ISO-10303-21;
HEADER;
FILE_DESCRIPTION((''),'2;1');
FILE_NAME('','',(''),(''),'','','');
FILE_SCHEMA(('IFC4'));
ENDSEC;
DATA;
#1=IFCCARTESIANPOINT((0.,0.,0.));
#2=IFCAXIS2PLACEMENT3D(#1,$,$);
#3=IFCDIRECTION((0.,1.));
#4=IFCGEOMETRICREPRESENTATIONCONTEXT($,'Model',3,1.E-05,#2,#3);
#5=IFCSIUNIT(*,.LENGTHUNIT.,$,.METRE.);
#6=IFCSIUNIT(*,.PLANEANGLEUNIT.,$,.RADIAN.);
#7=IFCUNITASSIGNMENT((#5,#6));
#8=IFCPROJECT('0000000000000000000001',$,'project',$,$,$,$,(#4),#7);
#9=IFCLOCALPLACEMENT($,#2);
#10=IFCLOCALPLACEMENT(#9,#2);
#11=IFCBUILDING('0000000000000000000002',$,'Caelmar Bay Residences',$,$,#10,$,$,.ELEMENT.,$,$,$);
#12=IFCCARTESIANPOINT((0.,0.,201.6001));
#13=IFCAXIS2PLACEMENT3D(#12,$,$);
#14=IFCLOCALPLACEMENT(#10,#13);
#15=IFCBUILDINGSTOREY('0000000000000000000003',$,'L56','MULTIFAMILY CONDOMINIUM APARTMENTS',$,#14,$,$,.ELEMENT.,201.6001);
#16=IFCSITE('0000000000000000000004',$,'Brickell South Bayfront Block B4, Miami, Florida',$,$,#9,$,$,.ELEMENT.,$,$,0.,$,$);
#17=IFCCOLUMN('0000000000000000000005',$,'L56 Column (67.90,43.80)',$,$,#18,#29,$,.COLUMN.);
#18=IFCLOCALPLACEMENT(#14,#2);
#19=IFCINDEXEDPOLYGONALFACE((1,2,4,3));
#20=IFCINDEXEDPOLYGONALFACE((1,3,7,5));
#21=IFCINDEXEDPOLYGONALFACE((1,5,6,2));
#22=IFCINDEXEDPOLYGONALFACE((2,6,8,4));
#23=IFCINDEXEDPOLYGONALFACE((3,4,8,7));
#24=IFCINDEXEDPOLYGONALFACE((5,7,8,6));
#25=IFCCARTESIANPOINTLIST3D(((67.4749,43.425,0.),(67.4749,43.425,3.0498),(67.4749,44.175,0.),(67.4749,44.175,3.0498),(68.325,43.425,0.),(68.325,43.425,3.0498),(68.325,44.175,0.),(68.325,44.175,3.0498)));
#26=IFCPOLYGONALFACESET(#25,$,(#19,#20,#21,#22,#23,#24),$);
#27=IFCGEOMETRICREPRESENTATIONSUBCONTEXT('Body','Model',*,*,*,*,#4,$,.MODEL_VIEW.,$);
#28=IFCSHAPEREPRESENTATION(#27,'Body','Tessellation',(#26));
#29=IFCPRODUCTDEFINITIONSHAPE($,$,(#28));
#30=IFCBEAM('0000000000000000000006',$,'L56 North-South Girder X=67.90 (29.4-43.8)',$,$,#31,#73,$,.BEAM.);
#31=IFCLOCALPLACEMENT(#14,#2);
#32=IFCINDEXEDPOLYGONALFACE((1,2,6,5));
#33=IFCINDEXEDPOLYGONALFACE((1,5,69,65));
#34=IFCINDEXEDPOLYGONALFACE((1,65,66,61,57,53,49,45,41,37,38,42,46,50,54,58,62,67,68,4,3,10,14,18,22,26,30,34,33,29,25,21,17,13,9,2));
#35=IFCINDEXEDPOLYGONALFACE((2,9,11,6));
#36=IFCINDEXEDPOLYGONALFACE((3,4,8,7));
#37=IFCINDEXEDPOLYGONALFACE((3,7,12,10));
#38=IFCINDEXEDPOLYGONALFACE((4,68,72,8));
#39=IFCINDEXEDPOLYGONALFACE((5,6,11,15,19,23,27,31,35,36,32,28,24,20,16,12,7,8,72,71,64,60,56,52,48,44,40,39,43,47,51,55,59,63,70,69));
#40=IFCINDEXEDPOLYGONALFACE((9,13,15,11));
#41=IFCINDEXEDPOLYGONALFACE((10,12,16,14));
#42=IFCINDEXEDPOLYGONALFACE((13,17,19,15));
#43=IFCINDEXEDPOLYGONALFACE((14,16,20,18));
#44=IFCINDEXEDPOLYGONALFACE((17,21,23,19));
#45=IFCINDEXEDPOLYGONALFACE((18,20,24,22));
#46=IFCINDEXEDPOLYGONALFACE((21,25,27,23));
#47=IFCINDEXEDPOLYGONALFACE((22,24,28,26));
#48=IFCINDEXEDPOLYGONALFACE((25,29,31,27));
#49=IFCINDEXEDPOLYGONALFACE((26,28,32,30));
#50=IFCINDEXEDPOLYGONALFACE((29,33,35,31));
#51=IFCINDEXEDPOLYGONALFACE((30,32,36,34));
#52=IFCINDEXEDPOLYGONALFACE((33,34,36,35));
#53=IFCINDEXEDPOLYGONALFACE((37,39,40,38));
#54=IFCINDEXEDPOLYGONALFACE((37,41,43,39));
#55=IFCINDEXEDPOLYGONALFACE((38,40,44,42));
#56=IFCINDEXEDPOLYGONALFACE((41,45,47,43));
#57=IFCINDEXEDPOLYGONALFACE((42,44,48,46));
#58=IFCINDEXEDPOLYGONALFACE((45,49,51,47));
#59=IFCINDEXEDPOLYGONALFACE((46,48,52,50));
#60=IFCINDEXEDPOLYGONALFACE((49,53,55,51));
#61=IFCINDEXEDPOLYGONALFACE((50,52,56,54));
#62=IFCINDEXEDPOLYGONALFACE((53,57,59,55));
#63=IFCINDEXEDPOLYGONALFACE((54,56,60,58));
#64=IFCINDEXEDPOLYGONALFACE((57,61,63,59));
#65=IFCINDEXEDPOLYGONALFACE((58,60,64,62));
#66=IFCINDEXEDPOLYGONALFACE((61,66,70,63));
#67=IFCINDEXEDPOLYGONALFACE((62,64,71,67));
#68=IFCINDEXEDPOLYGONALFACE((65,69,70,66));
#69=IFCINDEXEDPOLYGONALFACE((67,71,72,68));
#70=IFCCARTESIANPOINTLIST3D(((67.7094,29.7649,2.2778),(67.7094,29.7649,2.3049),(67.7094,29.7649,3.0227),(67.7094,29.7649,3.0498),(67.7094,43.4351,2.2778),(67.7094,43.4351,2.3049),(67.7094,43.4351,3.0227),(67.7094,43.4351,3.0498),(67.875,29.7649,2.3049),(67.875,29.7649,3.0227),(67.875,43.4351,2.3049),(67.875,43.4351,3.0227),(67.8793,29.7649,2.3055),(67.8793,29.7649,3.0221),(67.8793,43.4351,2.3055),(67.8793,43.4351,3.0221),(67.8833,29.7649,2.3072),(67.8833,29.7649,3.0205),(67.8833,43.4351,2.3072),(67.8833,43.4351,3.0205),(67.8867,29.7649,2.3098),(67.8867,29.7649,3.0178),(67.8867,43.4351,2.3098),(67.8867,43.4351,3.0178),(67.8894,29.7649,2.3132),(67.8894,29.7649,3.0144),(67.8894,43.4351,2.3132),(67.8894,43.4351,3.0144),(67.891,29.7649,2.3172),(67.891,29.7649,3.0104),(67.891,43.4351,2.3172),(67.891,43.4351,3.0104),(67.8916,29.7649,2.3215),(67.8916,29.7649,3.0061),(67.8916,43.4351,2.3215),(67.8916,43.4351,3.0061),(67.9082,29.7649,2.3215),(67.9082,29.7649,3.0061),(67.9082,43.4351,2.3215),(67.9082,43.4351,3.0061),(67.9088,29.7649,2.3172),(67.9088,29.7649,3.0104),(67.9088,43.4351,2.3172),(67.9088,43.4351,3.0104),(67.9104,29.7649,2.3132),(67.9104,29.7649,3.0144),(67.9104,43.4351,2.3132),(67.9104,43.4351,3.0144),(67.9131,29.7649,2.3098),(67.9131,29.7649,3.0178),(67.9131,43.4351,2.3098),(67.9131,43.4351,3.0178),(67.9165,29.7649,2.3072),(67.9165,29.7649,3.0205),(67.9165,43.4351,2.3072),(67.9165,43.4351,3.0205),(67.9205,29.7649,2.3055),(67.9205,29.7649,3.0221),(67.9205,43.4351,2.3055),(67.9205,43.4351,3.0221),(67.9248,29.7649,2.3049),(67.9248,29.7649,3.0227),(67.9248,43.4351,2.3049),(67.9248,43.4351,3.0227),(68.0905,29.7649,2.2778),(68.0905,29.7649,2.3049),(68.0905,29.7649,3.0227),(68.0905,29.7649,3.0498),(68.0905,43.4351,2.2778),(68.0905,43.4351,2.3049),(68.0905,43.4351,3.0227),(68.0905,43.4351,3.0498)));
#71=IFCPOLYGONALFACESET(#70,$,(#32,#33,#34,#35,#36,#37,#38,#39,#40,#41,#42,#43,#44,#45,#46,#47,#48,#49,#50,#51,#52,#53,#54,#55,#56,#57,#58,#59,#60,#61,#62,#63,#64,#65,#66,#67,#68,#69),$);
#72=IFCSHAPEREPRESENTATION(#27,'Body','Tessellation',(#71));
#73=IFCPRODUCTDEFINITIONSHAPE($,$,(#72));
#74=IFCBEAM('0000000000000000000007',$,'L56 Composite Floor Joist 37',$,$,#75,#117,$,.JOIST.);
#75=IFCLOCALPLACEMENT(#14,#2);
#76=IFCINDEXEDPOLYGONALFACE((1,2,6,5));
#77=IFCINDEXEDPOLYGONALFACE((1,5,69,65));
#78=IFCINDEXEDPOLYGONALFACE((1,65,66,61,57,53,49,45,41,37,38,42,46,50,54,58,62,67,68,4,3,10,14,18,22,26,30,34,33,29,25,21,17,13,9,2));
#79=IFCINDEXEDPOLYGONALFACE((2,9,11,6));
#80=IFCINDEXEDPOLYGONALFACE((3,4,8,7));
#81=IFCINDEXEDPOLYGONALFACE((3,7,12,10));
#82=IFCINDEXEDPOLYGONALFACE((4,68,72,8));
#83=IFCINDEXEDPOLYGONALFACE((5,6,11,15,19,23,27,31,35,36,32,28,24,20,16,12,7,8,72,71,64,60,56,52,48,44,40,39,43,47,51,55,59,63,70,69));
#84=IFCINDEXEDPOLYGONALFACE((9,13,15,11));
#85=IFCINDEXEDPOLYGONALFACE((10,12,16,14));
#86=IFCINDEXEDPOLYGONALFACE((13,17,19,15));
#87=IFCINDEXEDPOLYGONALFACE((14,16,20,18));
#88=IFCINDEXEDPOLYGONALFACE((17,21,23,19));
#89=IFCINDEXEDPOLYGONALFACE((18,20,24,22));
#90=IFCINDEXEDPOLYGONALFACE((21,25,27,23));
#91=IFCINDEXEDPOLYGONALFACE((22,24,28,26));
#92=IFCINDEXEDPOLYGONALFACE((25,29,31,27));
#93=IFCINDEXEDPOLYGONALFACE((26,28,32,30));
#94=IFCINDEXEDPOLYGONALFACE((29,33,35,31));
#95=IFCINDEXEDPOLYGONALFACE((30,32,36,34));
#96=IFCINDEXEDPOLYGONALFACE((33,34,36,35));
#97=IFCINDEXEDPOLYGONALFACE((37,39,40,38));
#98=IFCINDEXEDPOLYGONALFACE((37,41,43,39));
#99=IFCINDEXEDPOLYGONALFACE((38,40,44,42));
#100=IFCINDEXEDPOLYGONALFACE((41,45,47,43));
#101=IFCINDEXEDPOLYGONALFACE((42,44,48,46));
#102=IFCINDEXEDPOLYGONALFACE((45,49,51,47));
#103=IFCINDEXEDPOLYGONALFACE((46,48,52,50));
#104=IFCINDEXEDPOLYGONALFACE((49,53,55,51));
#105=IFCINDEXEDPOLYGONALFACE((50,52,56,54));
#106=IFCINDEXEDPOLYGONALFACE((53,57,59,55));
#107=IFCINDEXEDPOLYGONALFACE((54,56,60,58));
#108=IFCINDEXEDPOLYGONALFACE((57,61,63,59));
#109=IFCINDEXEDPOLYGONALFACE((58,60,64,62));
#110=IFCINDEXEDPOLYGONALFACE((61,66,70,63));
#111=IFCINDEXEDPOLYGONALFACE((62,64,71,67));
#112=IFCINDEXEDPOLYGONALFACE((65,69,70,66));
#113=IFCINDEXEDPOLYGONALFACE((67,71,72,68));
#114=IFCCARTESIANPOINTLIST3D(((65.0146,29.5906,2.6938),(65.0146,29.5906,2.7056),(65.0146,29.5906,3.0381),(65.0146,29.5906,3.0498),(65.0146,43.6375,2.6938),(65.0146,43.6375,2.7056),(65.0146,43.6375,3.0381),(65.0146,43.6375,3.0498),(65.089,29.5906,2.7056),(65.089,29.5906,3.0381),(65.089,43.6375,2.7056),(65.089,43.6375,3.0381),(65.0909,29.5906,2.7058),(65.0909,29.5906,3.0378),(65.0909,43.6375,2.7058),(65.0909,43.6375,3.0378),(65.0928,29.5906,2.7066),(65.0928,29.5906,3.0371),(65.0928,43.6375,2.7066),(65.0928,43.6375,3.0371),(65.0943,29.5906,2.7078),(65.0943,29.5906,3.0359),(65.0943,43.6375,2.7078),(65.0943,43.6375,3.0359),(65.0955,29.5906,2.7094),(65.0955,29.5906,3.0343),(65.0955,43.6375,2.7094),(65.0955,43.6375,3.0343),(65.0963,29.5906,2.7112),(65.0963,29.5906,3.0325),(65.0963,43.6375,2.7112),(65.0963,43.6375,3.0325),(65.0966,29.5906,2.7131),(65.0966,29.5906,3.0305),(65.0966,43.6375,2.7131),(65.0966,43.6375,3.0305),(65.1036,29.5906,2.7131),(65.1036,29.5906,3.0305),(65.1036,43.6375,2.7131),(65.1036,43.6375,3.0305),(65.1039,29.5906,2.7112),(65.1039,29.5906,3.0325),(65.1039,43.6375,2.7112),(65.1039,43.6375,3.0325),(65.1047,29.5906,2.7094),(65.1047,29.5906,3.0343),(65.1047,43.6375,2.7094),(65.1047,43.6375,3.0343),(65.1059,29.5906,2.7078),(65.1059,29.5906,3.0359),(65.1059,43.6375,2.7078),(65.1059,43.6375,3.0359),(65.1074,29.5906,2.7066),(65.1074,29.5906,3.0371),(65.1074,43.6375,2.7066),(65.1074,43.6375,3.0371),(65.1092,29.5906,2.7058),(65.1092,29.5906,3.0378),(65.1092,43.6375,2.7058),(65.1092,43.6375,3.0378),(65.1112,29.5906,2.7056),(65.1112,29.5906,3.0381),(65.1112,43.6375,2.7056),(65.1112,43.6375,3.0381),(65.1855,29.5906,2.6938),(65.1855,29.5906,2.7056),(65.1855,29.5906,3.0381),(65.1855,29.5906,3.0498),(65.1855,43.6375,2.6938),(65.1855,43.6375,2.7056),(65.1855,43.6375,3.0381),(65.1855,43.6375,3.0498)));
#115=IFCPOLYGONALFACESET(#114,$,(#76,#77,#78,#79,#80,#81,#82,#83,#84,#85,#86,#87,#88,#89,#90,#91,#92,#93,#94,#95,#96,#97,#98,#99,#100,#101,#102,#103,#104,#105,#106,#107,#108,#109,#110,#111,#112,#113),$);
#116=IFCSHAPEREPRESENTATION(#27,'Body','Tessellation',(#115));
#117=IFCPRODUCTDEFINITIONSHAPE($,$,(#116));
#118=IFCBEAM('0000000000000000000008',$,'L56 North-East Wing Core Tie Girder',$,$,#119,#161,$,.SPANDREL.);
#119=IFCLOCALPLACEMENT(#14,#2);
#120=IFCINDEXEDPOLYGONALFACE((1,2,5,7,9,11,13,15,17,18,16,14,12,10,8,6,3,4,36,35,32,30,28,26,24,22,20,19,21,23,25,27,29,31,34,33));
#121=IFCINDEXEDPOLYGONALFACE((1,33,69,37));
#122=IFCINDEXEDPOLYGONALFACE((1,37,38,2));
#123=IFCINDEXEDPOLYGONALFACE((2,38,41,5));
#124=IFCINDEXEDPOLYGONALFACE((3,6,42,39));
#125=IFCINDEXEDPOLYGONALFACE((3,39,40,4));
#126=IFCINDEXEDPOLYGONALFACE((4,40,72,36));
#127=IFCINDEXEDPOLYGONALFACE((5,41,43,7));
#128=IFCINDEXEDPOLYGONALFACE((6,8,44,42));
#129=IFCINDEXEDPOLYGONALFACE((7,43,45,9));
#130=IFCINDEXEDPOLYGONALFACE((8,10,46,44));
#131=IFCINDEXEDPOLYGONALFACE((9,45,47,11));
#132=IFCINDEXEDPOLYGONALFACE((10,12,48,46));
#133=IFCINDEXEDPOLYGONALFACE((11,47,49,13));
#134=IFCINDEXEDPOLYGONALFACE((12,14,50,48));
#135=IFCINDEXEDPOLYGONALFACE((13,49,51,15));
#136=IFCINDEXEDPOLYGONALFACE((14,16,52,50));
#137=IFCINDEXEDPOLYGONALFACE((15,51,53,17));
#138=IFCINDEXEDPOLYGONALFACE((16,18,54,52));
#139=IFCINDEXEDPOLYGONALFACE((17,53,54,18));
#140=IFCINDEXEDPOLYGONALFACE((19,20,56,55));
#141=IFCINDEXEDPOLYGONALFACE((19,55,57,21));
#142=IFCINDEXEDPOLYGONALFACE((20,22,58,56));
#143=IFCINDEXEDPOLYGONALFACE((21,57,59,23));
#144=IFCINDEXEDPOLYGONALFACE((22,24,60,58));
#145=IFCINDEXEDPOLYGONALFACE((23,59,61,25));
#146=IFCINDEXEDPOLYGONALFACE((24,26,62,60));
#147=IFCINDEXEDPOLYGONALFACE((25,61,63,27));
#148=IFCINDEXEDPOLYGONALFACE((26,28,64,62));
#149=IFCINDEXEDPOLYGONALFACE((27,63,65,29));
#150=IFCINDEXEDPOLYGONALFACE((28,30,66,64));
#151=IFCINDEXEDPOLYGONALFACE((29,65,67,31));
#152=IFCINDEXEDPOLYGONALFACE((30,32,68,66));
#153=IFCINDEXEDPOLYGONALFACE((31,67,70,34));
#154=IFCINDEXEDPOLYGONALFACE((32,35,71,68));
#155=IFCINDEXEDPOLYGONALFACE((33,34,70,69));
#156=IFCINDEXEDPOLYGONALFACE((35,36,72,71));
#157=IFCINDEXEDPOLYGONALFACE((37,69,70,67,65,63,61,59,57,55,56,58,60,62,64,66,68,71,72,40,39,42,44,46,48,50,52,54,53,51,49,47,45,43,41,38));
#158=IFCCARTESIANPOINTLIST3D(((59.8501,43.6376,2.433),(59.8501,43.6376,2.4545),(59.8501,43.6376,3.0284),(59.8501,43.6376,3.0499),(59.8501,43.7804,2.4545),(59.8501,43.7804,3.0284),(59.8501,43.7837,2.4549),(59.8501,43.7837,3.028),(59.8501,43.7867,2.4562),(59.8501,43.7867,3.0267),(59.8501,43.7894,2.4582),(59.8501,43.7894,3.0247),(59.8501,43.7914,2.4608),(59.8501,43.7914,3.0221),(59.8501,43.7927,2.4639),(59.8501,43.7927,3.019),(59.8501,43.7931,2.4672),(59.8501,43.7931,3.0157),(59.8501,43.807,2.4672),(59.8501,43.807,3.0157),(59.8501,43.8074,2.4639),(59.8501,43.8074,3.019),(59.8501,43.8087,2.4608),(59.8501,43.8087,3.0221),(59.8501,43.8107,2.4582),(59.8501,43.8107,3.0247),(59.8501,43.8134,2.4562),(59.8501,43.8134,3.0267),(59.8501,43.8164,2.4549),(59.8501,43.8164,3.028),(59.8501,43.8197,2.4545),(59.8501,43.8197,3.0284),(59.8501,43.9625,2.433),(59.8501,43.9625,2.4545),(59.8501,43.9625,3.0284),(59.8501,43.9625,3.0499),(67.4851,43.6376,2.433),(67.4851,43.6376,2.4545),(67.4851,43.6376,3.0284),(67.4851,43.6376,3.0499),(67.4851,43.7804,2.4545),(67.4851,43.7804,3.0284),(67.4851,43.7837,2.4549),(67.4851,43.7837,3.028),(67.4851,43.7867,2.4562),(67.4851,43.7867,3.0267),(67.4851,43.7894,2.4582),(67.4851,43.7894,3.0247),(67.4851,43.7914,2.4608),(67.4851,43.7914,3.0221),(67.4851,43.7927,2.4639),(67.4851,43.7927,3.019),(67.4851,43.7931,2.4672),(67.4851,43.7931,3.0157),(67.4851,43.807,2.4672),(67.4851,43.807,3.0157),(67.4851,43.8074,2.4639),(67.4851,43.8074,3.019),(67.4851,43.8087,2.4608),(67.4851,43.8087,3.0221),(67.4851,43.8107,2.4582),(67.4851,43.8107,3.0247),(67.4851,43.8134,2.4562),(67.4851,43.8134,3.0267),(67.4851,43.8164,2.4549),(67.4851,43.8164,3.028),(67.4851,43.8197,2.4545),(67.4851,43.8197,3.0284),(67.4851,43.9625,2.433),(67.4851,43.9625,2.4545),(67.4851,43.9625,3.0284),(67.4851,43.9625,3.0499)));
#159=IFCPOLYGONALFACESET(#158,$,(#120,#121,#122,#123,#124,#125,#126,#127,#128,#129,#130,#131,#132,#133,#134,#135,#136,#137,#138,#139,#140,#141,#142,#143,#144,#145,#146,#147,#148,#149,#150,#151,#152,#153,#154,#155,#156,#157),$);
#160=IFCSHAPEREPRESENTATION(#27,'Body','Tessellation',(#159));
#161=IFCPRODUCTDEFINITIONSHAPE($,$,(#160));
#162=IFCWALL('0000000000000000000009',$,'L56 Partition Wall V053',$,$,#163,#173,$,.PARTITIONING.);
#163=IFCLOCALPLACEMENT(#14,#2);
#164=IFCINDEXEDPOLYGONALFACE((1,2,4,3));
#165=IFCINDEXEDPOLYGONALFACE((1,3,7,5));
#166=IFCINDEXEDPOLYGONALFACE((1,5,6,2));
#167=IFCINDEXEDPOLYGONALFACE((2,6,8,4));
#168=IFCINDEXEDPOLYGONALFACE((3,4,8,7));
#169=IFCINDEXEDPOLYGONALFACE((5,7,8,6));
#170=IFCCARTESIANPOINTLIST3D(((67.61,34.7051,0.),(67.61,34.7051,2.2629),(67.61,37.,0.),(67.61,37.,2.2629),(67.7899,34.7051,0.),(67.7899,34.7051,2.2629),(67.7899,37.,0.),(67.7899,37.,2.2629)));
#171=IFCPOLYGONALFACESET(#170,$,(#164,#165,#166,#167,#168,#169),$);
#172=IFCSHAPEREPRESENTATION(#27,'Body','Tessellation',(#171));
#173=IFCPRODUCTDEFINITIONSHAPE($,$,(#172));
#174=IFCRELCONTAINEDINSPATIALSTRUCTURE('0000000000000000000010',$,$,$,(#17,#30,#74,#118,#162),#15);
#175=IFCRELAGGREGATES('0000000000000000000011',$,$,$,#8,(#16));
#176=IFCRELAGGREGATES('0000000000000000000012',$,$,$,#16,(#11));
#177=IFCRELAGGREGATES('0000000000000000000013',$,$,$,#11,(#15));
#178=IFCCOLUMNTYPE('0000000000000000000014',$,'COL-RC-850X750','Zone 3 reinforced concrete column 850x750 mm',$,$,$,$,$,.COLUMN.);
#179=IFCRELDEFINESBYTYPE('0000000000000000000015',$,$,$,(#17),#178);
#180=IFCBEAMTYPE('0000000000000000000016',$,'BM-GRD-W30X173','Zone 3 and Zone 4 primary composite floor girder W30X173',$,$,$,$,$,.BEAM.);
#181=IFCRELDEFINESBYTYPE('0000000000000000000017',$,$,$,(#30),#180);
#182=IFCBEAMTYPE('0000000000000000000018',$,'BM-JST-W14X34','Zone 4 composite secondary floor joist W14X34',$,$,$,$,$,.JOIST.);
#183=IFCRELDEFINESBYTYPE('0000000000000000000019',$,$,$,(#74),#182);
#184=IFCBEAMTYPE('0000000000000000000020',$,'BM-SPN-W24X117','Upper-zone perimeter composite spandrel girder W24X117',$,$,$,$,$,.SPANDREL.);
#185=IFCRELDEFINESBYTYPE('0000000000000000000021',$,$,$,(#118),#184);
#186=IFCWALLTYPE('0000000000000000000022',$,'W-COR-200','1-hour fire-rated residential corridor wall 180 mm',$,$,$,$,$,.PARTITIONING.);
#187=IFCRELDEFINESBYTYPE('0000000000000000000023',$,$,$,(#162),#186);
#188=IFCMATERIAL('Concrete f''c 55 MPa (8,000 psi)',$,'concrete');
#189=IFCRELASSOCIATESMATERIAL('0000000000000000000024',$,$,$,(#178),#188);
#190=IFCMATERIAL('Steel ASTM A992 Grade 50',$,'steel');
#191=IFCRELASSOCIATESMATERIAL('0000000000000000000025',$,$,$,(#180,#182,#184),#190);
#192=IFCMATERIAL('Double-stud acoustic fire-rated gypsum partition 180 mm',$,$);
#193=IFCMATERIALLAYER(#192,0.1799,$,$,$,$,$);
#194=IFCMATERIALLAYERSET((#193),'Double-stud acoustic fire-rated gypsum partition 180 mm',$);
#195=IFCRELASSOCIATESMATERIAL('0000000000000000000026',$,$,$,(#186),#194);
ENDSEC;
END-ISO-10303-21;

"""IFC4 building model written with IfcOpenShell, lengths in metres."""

from ifc_helpers import new_model, si_unit, direction, frame, frame_2d, origin, origin_2d, place, context, subcontext, project, spatial, rectangle, i_section, extrude, material, layer, layer_set, material_profile, profile_set, type_object, element, save


model = new_model("IFC4")

# Units and contexts
model_context = context("Model", 3, precision=1e-05, world=origin(), true_north=direction((0.0, 1.0)))
body_context = subcontext(model_context, "Body", "Model", "MODEL_VIEW")
ifc_project = project(units=[si_unit("LENGTHUNIT", "METRE"), si_unit("PLANEANGLEUNIT", "RADIAN")], contexts=[model_context])

# Site, building, storey
site_placement = place(None, origin())
site = spatial("IfcSite", under=ifc_project, at=site_placement, Name="Brickell South Bayfront Block B4, Miami, Florida", CompositionType="ELEMENT", RefElevation=0.0)
building_placement = place(site_placement, origin())
building = spatial("IfcBuilding", under=site, at=building_placement, Name="Caelmar Bay Residences", CompositionType="ELEMENT")
storey_placement = place(building_placement, frame((0.0, 0.0, 201.6001)))
storey = spatial("IfcBuildingStorey", under=building, at=storey_placement, Name="L56", Description="MULTIFAMILY CONDOMINIUM APARTMENTS", CompositionType="ELEMENT", Elevation=201.6001)

# Column
ifc_material_1 = material(Name="Concrete f'c 55 MPa (8,000 psi)", Category="concrete")
ifc_material_profile_1 = material_profile(ifc_material_1, rectangle(XDim=0.8501, YDim=0.75, at=origin_2d()), Name="RC-COL-850X750")
ifc_profile_set_1 = profile_set([ifc_material_profile_1], Name="Concrete f'c 55 MPa (8,000 psi)")
column_type = type_object("IfcColumnType", Name="COL-RC-850X750", Description="Zone 3 reinforced concrete column 850x750 mm", PredefinedType="COLUMN", material=ifc_profile_set_1)
column_placement = place(storey_placement, frame((67.8999, 43.8, 0.0), z_axis=(0.0, 0.0, 1.0), x_axis=(1.0, 0.0, 0.0)))
element("IfcColumn", 1, at=column_placement, inside=storey, type_object=column_type, Name="L56 Column (67.90,43.80)", PredefinedType="COLUMN", context=body_context, shape_type="SweptSolid", body=[
    extrude(rectangle(XDim=0.8501, YDim=0.75, at=origin_2d()), origin(), (0.0, 0.0, 1.0), 3.0498),
])

# Beams
ifc_material_2 = material(Name="Steel ASTM A992 Grade 50", Category="steel")
ifc_material_profile_2 = material_profile(ifc_material_2, i_section(OverallWidth=0.3811, OverallDepth=0.772, WebThickness=0.0166, FlangeThickness=0.0271, FilletRadius=0.0166, at=origin_2d()), Name="W30X173")
ifc_profile_set_2 = profile_set([ifc_material_profile_2], Name="Steel ASTM A992 Grade 50")
beam_type_1 = type_object("IfcBeamType", Name="BM-GRD-W30X173", Description="Zone 3 and Zone 4 primary composite floor girder W30X173", PredefinedType="BEAM", material=ifc_profile_set_2)
beam_1_placement = place(storey_placement, frame((67.8999, 29.7649, 2.6638), z_axis=(0.0, 1.0, 0.0), x_axis=(-1.0, 0.0, 0.0)))
element("IfcBeam", 2, at=beam_1_placement, inside=storey, type_object=beam_type_1, Name="L56 North-South Girder X=67.90 (29.4-43.8)", PredefinedType="BEAM", context=body_context, shape_type="SweptSolid", body=[
    extrude(i_section(OverallWidth=0.3811, OverallDepth=0.772, WebThickness=0.0166, FlangeThickness=0.0271, FilletRadius=0.0166, at=origin_2d()), origin(), (0.0, 0.0, 1.0), 13.6702),
])
ifc_material_profile_3 = material_profile(ifc_material_2, i_section(OverallWidth=0.1709, OverallDepth=0.356, WebThickness=0.0071, FlangeThickness=0.0117, FilletRadius=0.0076, at=origin_2d()), Name="W14X34")
ifc_profile_set_3 = profile_set([ifc_material_profile_3], Name="Steel ASTM A992 Grade 50")
beam_type_2 = type_object("IfcBeamType", Name="BM-JST-W14X34", Description="Zone 4 composite secondary floor joist W14X34", PredefinedType="JOIST", material=ifc_profile_set_3)
beam_2_placement = place(storey_placement, frame((65.1001, 29.5906, 2.8718), z_axis=(0.0, 1.0, 0.0), x_axis=(-1.0, 0.0, 0.0)))
element("IfcBeam", 3, at=beam_2_placement, inside=storey, type_object=beam_type_2, Name="L56 Composite Floor Joist 37", PredefinedType="JOIST", context=body_context, shape_type="SweptSolid", body=[
    extrude(i_section(OverallWidth=0.1709, OverallDepth=0.356, WebThickness=0.0071, FlangeThickness=0.0117, FilletRadius=0.0076, at=origin_2d()), origin(), (0.0, 0.0, 1.0), 14.0469),
])
ifc_material_profile_4 = material_profile(ifc_material_2, i_section(OverallWidth=0.325, OverallDepth=0.6169, WebThickness=0.0139, FlangeThickness=0.0215, FilletRadius=0.0127, at=origin_2d()), Name="W24X117")
ifc_profile_set_4 = profile_set([ifc_material_profile_4], Name="Steel ASTM A992 Grade 50")
beam_type_3 = type_object("IfcBeamType", Name="BM-SPN-W24X117", Description="Upper-zone perimeter composite spandrel girder W24X117", PredefinedType="SPANDREL", material=ifc_profile_set_4)
beam_3_placement = place(storey_placement, frame((59.8501, 43.8, 2.7415), z_axis=(1.0, 0.0, 0.0), x_axis=(0.0, 1.0, 0.0)))
element("IfcBeam", 4, at=beam_3_placement, inside=storey, type_object=beam_type_3, Name="L56 North-East Wing Core Tie Girder", PredefinedType="SPANDREL", context=body_context, shape_type="SweptSolid", body=[
    extrude(i_section(OverallWidth=0.325, OverallDepth=0.6169, WebThickness=0.0139, FlangeThickness=0.0215, FilletRadius=0.0127, at=origin_2d()), origin(), (0.0, 0.0, 1.0), 7.635),
])

# Wall
ifc_material_3 = material(Name="Double-stud acoustic fire-rated gypsum partition 180 mm")
ifc_layer_1 = layer(ifc_material_3, 0.1799)
ifc_layer_set_1 = layer_set([ifc_layer_1], Name="Double-stud acoustic fire-rated gypsum partition 180 mm")
wall_type_1 = type_object("IfcWallType", Name="W-COR-200", Description="1-hour fire-rated residential corridor wall 180 mm", PredefinedType="PARTITIONING", material=ifc_layer_set_1)
wall_1_placement = place(storey_placement, frame((67.7, 34.7051, 0.0), z_axis=(0.0, 0.0, 1.0), x_axis=(0.0, 1.0, 0.0)))
element("IfcWall", 5, at=wall_1_placement, inside=storey, type_object=wall_type_1, Name="L56 Partition Wall V053", PredefinedType="PARTITIONING", context=body_context, shape_type="SweptSolid", body=[
    extrude(rectangle(XDim=2.2949, YDim=0.1799, at=frame_2d((1.1475, 0.0))), origin(), (0.0, 0.0, 1.0), 2.2629),
])

save(model, "model.ifc")
